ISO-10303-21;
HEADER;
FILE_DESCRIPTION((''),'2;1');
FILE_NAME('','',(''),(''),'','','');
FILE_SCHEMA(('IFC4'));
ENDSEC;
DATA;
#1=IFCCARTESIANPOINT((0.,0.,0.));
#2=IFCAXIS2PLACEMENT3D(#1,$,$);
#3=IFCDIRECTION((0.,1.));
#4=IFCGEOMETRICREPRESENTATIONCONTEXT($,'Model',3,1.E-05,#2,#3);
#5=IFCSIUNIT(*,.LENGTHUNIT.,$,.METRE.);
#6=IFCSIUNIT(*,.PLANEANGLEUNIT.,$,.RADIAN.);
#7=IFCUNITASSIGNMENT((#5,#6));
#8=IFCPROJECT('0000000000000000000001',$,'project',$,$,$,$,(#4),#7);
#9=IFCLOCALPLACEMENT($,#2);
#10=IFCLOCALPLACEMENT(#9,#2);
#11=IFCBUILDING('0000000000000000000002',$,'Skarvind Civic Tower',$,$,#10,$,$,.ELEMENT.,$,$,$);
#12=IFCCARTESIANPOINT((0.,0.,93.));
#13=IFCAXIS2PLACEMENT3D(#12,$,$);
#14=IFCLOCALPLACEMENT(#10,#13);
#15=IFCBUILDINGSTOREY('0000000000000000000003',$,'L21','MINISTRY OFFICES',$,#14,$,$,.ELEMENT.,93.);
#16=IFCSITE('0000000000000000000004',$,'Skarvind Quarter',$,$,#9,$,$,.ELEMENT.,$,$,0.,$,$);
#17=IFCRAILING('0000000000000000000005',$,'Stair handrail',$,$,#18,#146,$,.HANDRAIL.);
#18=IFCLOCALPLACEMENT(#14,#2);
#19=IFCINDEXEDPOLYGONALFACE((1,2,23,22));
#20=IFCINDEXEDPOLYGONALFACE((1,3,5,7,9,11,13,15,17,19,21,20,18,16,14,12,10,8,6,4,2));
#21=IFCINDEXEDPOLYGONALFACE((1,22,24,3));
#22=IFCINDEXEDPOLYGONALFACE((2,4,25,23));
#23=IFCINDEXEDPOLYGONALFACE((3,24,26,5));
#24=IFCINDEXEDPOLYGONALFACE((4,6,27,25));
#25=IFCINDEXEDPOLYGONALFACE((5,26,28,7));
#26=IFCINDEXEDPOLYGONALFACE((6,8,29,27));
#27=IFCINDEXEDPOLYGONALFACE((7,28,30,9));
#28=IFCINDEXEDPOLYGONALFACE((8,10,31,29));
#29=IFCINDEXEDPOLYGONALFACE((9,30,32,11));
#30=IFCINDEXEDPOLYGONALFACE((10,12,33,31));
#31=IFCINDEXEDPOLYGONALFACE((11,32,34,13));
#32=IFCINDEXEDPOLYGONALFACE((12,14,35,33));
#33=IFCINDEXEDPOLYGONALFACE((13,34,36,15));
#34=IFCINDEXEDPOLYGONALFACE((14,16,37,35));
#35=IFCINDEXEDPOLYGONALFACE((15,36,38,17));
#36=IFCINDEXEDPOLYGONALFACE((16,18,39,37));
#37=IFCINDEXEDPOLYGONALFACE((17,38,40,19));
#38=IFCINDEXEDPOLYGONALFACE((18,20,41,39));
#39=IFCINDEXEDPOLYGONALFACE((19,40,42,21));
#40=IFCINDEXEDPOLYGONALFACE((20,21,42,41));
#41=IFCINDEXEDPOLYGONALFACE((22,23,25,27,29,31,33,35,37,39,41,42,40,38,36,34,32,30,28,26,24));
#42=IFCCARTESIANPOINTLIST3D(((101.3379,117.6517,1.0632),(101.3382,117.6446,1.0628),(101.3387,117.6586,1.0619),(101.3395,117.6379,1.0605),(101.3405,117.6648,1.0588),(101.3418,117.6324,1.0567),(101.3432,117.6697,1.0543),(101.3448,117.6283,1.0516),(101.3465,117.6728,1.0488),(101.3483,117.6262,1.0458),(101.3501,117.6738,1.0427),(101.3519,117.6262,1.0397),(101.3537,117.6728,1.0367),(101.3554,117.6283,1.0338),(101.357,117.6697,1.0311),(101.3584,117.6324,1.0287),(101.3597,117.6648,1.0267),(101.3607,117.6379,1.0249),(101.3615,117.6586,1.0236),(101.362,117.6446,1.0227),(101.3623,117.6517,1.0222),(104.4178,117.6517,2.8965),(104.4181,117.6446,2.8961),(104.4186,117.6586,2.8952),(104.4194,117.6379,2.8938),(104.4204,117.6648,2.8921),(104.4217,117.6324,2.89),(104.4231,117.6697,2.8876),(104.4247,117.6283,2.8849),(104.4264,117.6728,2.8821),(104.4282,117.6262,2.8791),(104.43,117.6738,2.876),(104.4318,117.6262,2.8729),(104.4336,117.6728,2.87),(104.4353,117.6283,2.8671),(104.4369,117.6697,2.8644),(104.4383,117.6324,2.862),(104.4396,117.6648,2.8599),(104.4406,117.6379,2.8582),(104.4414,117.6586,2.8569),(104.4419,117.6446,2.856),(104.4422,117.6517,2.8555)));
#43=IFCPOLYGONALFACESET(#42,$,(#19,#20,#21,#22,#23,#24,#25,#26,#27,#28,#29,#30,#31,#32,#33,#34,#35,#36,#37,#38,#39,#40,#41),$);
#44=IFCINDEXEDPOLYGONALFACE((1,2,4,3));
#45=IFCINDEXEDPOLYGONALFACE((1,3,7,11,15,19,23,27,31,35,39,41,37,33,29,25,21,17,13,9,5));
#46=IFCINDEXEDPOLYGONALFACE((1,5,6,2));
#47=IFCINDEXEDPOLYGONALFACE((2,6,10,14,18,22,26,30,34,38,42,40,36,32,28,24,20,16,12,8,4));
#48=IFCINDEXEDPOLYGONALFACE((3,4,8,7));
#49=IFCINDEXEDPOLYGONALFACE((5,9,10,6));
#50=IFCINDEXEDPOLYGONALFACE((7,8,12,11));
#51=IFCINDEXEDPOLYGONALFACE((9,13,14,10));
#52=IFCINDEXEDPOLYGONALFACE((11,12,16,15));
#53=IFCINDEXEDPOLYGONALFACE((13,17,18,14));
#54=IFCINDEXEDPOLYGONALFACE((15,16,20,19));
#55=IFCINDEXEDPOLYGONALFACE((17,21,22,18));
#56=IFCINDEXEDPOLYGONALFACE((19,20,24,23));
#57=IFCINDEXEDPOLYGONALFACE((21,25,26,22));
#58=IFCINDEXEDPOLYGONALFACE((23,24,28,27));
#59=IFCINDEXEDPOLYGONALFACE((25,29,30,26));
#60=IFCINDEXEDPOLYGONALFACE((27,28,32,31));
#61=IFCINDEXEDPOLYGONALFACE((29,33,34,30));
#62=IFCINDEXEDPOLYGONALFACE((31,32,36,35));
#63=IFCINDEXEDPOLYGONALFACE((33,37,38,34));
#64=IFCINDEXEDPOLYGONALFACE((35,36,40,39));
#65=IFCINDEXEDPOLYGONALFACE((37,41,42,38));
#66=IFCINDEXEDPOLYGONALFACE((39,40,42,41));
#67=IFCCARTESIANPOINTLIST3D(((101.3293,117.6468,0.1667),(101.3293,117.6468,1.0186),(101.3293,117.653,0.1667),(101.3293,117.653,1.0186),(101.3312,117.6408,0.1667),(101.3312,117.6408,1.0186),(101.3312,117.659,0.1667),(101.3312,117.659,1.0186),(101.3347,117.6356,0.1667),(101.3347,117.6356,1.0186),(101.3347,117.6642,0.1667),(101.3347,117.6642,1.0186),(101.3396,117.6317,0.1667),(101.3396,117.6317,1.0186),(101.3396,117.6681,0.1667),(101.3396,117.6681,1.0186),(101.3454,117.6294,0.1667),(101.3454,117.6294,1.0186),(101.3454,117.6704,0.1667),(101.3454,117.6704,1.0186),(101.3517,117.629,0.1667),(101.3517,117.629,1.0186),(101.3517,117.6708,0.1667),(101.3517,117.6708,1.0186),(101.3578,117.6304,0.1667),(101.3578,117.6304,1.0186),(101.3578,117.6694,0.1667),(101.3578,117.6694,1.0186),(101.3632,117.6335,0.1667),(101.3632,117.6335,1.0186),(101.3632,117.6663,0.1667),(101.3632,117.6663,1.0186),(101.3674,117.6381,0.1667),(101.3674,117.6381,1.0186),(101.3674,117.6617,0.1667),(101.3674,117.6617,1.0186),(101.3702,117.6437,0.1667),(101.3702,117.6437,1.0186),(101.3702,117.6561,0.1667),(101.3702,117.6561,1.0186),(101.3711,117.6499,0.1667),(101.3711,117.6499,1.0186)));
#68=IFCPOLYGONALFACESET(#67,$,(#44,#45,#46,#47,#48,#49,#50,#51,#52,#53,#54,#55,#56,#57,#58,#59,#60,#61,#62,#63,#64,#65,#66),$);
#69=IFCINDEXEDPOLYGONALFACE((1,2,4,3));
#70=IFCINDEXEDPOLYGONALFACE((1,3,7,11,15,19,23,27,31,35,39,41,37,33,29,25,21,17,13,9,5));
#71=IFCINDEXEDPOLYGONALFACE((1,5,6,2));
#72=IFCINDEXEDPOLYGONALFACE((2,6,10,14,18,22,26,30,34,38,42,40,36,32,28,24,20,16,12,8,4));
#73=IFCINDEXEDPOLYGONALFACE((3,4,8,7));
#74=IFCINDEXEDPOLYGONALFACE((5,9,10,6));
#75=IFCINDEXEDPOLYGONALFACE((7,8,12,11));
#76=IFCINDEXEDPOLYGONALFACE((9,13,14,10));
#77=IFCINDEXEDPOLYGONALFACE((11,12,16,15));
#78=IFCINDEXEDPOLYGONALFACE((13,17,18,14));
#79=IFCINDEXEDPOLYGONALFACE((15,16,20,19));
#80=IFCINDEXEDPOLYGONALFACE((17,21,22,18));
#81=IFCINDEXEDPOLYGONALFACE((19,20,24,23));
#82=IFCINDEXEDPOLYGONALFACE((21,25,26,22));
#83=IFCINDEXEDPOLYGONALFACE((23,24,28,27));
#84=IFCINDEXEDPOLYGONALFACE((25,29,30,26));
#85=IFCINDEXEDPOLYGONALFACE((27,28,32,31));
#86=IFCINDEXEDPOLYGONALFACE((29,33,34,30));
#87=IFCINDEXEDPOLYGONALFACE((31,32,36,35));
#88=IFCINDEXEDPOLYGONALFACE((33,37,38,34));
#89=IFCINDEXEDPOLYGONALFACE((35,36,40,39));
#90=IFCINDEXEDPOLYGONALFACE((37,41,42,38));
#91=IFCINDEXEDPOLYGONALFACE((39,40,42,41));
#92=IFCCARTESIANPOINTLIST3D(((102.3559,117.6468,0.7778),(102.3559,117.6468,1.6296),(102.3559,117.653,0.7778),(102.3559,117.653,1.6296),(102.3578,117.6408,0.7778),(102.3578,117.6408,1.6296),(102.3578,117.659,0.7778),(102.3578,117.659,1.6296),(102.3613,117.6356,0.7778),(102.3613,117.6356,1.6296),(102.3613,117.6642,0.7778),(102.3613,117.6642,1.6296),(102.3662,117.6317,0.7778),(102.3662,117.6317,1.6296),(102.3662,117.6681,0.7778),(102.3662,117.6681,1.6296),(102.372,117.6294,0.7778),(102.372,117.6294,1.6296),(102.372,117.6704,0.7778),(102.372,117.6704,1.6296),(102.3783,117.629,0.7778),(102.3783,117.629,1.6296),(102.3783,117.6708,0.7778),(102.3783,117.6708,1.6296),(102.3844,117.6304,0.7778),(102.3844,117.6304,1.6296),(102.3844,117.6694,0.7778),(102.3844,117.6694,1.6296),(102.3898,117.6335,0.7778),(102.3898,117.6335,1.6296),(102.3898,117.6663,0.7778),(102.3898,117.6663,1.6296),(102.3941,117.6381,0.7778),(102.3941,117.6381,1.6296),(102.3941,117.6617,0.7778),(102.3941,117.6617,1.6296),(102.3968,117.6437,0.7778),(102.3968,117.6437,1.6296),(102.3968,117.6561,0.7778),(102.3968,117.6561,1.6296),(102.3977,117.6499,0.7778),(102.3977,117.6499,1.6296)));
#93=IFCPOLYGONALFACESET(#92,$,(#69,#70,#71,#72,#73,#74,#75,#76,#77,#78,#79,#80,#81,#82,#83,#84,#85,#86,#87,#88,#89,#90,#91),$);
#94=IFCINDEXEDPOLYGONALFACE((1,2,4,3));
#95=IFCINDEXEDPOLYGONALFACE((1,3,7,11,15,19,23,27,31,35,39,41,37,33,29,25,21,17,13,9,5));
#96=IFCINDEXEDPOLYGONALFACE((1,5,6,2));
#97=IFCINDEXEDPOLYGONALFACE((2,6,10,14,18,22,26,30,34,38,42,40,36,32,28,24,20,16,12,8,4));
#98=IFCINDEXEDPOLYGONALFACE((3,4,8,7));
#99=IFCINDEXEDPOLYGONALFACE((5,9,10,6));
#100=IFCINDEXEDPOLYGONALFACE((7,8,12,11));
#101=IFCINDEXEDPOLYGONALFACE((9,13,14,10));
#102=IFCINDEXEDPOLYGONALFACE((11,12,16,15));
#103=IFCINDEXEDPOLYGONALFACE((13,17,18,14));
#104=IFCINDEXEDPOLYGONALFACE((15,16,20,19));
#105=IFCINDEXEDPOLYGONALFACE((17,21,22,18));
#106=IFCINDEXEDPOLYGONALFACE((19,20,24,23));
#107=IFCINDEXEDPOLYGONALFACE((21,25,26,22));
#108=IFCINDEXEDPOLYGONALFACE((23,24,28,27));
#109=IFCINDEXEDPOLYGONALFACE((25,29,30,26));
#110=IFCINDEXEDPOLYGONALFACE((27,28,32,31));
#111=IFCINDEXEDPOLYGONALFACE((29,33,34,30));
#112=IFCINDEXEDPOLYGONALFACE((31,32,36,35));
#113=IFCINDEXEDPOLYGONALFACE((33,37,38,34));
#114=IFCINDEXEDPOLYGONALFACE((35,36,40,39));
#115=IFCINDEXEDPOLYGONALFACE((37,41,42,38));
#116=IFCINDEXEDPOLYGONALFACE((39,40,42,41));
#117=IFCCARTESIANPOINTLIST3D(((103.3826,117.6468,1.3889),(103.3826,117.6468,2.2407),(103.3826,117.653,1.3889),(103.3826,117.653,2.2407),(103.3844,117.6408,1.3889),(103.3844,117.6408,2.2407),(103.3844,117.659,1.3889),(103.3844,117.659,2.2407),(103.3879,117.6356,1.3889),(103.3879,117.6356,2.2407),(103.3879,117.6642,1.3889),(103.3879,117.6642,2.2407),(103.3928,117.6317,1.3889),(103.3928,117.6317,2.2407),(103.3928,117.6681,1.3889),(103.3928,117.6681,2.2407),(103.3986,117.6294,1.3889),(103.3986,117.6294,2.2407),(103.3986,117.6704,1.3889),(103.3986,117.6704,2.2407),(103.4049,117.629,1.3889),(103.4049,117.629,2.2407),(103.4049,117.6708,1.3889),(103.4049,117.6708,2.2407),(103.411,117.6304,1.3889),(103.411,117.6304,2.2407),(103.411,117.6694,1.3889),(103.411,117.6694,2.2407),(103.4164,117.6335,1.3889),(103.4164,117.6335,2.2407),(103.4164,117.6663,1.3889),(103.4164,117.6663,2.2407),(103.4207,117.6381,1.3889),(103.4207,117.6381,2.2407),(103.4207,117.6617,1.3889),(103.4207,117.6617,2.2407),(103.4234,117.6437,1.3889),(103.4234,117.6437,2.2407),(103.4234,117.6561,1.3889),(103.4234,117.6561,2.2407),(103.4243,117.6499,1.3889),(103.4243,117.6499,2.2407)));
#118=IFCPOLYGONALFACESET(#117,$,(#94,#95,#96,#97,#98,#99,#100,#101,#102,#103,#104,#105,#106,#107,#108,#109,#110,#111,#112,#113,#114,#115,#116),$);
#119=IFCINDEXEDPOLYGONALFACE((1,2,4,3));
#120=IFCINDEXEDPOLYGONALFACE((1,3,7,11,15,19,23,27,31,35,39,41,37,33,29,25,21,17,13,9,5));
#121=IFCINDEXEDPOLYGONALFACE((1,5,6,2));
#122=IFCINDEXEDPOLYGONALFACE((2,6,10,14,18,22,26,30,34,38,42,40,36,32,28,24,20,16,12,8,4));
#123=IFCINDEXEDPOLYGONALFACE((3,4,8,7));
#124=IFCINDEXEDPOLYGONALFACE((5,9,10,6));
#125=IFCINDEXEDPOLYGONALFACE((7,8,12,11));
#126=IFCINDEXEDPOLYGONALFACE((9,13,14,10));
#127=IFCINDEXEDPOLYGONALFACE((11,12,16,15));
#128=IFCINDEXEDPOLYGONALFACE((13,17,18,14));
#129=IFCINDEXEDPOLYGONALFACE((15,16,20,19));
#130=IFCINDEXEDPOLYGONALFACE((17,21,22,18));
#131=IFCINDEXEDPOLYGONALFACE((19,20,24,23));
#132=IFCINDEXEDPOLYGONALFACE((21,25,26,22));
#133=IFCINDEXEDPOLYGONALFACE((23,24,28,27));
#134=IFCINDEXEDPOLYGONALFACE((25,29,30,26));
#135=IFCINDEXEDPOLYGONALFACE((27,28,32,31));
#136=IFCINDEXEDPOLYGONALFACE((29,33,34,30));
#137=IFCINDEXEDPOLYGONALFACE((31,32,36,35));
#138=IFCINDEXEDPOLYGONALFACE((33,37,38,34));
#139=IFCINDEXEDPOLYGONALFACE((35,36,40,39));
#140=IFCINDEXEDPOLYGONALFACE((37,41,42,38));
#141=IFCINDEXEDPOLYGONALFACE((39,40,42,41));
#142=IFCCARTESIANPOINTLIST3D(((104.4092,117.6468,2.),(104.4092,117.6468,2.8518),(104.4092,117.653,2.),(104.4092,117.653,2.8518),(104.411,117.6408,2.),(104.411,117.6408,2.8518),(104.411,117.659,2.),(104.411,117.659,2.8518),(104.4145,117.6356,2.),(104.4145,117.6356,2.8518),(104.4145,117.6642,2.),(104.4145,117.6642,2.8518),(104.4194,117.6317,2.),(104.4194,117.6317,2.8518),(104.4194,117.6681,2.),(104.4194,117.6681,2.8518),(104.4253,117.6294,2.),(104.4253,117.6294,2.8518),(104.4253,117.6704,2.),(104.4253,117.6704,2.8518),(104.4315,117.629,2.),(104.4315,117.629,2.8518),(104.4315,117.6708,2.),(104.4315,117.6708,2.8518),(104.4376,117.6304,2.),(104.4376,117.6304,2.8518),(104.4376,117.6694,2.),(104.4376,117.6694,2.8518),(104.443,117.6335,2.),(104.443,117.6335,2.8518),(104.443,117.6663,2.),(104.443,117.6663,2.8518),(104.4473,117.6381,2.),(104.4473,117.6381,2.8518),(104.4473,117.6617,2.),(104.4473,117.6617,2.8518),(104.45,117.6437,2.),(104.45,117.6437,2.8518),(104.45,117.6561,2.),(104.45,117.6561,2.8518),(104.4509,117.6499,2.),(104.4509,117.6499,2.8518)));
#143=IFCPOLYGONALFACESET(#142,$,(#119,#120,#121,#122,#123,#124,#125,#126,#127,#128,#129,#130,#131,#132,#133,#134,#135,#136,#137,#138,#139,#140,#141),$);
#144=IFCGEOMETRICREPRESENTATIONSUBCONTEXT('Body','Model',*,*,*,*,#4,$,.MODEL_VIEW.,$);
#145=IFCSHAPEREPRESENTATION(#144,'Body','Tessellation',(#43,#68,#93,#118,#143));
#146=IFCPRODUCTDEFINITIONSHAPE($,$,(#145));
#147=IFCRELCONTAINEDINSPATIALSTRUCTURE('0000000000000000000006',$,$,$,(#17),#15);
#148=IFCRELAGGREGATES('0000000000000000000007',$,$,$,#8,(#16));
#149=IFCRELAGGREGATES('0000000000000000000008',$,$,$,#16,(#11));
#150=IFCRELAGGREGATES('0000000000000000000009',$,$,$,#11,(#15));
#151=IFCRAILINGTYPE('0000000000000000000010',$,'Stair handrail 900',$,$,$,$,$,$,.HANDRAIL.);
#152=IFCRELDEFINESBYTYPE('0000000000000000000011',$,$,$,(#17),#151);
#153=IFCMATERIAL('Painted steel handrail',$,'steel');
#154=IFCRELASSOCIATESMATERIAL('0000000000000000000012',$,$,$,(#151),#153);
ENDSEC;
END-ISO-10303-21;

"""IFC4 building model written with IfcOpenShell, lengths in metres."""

from ifc_helpers import new_model, si_unit, direction, frame, origin, origin_2d, place, context, subcontext, project, spatial, circle, extrude, material, type_object, element, save


model = new_model("IFC4")

# Units and contexts
model_context = context("Model", 3, precision=1e-05, world=origin(), true_north=direction((0.0, 1.0)))
body_context = subcontext(model_context, "Body", "Model", "MODEL_VIEW")
ifc_project = project(units=[si_unit("LENGTHUNIT", "METRE"), si_unit("PLANEANGLEUNIT", "RADIAN")], contexts=[model_context])

# Site, building, storey
site_placement = place(None, origin())
site = spatial("IfcSite", under=ifc_project, at=site_placement, Name="Skarvind Quarter", CompositionType="ELEMENT", RefElevation=0.0)
building_placement = place(site_placement, origin())
building = spatial("IfcBuilding", under=site, at=building_placement, Name="Skarvind Civic Tower", CompositionType="ELEMENT")
storey_placement = place(building_placement, frame((0.0, 0.0, 93.0)))
storey = spatial("IfcBuildingStorey", under=building, at=storey_placement, Name="L21", Description="MINISTRY OFFICES", CompositionType="ELEMENT", Elevation=93.0)

# Railing
ifc_material_1 = material(Name="Painted steel handrail", Category="steel")
railing_type = type_object("IfcRailingType", Name="Stair handrail 900", PredefinedType="HANDRAIL", material=ifc_material_1)
railing_1_placement = place(storey_placement, frame((101.3501, 117.6499, 0.1667)))
element("IfcRailing", 1, at=railing_1_placement, inside=storey, type_object=railing_type, Name="Stair handrail", PredefinedType="HANDRAIL", context=body_context, shape_type="SweptSolid", body=[
    extrude(circle(Radius=0.0239, at=origin_2d()), frame((0.0, 0.0, 0.876), z_axis=(0.859291, 0.0, 0.511487), x_axis=(0.0, 1.0, 0.0)), (0.0, 0.0, 1.0), 3.5842),
    extrude(circle(Radius=0.021, at=origin_2d()), origin(), (0.0, 0.0, 1.0), 0.8518),
    extrude(circle(Radius=0.021, at=origin_2d()), frame((1.0266, 0.0, 0.6111)), (0.0, 0.0, 1.0), 0.8518),
    extrude(circle(Radius=0.021, at=origin_2d()), frame((2.0532, 0.0, 1.2222)), (0.0, 0.0, 1.0), 0.8518),
    extrude(circle(Radius=0.021, at=origin_2d()), frame((3.0798, 0.0, 1.8333)), (0.0, 0.0, 1.0), 0.8518),
])

save(model, "model.ifc")
